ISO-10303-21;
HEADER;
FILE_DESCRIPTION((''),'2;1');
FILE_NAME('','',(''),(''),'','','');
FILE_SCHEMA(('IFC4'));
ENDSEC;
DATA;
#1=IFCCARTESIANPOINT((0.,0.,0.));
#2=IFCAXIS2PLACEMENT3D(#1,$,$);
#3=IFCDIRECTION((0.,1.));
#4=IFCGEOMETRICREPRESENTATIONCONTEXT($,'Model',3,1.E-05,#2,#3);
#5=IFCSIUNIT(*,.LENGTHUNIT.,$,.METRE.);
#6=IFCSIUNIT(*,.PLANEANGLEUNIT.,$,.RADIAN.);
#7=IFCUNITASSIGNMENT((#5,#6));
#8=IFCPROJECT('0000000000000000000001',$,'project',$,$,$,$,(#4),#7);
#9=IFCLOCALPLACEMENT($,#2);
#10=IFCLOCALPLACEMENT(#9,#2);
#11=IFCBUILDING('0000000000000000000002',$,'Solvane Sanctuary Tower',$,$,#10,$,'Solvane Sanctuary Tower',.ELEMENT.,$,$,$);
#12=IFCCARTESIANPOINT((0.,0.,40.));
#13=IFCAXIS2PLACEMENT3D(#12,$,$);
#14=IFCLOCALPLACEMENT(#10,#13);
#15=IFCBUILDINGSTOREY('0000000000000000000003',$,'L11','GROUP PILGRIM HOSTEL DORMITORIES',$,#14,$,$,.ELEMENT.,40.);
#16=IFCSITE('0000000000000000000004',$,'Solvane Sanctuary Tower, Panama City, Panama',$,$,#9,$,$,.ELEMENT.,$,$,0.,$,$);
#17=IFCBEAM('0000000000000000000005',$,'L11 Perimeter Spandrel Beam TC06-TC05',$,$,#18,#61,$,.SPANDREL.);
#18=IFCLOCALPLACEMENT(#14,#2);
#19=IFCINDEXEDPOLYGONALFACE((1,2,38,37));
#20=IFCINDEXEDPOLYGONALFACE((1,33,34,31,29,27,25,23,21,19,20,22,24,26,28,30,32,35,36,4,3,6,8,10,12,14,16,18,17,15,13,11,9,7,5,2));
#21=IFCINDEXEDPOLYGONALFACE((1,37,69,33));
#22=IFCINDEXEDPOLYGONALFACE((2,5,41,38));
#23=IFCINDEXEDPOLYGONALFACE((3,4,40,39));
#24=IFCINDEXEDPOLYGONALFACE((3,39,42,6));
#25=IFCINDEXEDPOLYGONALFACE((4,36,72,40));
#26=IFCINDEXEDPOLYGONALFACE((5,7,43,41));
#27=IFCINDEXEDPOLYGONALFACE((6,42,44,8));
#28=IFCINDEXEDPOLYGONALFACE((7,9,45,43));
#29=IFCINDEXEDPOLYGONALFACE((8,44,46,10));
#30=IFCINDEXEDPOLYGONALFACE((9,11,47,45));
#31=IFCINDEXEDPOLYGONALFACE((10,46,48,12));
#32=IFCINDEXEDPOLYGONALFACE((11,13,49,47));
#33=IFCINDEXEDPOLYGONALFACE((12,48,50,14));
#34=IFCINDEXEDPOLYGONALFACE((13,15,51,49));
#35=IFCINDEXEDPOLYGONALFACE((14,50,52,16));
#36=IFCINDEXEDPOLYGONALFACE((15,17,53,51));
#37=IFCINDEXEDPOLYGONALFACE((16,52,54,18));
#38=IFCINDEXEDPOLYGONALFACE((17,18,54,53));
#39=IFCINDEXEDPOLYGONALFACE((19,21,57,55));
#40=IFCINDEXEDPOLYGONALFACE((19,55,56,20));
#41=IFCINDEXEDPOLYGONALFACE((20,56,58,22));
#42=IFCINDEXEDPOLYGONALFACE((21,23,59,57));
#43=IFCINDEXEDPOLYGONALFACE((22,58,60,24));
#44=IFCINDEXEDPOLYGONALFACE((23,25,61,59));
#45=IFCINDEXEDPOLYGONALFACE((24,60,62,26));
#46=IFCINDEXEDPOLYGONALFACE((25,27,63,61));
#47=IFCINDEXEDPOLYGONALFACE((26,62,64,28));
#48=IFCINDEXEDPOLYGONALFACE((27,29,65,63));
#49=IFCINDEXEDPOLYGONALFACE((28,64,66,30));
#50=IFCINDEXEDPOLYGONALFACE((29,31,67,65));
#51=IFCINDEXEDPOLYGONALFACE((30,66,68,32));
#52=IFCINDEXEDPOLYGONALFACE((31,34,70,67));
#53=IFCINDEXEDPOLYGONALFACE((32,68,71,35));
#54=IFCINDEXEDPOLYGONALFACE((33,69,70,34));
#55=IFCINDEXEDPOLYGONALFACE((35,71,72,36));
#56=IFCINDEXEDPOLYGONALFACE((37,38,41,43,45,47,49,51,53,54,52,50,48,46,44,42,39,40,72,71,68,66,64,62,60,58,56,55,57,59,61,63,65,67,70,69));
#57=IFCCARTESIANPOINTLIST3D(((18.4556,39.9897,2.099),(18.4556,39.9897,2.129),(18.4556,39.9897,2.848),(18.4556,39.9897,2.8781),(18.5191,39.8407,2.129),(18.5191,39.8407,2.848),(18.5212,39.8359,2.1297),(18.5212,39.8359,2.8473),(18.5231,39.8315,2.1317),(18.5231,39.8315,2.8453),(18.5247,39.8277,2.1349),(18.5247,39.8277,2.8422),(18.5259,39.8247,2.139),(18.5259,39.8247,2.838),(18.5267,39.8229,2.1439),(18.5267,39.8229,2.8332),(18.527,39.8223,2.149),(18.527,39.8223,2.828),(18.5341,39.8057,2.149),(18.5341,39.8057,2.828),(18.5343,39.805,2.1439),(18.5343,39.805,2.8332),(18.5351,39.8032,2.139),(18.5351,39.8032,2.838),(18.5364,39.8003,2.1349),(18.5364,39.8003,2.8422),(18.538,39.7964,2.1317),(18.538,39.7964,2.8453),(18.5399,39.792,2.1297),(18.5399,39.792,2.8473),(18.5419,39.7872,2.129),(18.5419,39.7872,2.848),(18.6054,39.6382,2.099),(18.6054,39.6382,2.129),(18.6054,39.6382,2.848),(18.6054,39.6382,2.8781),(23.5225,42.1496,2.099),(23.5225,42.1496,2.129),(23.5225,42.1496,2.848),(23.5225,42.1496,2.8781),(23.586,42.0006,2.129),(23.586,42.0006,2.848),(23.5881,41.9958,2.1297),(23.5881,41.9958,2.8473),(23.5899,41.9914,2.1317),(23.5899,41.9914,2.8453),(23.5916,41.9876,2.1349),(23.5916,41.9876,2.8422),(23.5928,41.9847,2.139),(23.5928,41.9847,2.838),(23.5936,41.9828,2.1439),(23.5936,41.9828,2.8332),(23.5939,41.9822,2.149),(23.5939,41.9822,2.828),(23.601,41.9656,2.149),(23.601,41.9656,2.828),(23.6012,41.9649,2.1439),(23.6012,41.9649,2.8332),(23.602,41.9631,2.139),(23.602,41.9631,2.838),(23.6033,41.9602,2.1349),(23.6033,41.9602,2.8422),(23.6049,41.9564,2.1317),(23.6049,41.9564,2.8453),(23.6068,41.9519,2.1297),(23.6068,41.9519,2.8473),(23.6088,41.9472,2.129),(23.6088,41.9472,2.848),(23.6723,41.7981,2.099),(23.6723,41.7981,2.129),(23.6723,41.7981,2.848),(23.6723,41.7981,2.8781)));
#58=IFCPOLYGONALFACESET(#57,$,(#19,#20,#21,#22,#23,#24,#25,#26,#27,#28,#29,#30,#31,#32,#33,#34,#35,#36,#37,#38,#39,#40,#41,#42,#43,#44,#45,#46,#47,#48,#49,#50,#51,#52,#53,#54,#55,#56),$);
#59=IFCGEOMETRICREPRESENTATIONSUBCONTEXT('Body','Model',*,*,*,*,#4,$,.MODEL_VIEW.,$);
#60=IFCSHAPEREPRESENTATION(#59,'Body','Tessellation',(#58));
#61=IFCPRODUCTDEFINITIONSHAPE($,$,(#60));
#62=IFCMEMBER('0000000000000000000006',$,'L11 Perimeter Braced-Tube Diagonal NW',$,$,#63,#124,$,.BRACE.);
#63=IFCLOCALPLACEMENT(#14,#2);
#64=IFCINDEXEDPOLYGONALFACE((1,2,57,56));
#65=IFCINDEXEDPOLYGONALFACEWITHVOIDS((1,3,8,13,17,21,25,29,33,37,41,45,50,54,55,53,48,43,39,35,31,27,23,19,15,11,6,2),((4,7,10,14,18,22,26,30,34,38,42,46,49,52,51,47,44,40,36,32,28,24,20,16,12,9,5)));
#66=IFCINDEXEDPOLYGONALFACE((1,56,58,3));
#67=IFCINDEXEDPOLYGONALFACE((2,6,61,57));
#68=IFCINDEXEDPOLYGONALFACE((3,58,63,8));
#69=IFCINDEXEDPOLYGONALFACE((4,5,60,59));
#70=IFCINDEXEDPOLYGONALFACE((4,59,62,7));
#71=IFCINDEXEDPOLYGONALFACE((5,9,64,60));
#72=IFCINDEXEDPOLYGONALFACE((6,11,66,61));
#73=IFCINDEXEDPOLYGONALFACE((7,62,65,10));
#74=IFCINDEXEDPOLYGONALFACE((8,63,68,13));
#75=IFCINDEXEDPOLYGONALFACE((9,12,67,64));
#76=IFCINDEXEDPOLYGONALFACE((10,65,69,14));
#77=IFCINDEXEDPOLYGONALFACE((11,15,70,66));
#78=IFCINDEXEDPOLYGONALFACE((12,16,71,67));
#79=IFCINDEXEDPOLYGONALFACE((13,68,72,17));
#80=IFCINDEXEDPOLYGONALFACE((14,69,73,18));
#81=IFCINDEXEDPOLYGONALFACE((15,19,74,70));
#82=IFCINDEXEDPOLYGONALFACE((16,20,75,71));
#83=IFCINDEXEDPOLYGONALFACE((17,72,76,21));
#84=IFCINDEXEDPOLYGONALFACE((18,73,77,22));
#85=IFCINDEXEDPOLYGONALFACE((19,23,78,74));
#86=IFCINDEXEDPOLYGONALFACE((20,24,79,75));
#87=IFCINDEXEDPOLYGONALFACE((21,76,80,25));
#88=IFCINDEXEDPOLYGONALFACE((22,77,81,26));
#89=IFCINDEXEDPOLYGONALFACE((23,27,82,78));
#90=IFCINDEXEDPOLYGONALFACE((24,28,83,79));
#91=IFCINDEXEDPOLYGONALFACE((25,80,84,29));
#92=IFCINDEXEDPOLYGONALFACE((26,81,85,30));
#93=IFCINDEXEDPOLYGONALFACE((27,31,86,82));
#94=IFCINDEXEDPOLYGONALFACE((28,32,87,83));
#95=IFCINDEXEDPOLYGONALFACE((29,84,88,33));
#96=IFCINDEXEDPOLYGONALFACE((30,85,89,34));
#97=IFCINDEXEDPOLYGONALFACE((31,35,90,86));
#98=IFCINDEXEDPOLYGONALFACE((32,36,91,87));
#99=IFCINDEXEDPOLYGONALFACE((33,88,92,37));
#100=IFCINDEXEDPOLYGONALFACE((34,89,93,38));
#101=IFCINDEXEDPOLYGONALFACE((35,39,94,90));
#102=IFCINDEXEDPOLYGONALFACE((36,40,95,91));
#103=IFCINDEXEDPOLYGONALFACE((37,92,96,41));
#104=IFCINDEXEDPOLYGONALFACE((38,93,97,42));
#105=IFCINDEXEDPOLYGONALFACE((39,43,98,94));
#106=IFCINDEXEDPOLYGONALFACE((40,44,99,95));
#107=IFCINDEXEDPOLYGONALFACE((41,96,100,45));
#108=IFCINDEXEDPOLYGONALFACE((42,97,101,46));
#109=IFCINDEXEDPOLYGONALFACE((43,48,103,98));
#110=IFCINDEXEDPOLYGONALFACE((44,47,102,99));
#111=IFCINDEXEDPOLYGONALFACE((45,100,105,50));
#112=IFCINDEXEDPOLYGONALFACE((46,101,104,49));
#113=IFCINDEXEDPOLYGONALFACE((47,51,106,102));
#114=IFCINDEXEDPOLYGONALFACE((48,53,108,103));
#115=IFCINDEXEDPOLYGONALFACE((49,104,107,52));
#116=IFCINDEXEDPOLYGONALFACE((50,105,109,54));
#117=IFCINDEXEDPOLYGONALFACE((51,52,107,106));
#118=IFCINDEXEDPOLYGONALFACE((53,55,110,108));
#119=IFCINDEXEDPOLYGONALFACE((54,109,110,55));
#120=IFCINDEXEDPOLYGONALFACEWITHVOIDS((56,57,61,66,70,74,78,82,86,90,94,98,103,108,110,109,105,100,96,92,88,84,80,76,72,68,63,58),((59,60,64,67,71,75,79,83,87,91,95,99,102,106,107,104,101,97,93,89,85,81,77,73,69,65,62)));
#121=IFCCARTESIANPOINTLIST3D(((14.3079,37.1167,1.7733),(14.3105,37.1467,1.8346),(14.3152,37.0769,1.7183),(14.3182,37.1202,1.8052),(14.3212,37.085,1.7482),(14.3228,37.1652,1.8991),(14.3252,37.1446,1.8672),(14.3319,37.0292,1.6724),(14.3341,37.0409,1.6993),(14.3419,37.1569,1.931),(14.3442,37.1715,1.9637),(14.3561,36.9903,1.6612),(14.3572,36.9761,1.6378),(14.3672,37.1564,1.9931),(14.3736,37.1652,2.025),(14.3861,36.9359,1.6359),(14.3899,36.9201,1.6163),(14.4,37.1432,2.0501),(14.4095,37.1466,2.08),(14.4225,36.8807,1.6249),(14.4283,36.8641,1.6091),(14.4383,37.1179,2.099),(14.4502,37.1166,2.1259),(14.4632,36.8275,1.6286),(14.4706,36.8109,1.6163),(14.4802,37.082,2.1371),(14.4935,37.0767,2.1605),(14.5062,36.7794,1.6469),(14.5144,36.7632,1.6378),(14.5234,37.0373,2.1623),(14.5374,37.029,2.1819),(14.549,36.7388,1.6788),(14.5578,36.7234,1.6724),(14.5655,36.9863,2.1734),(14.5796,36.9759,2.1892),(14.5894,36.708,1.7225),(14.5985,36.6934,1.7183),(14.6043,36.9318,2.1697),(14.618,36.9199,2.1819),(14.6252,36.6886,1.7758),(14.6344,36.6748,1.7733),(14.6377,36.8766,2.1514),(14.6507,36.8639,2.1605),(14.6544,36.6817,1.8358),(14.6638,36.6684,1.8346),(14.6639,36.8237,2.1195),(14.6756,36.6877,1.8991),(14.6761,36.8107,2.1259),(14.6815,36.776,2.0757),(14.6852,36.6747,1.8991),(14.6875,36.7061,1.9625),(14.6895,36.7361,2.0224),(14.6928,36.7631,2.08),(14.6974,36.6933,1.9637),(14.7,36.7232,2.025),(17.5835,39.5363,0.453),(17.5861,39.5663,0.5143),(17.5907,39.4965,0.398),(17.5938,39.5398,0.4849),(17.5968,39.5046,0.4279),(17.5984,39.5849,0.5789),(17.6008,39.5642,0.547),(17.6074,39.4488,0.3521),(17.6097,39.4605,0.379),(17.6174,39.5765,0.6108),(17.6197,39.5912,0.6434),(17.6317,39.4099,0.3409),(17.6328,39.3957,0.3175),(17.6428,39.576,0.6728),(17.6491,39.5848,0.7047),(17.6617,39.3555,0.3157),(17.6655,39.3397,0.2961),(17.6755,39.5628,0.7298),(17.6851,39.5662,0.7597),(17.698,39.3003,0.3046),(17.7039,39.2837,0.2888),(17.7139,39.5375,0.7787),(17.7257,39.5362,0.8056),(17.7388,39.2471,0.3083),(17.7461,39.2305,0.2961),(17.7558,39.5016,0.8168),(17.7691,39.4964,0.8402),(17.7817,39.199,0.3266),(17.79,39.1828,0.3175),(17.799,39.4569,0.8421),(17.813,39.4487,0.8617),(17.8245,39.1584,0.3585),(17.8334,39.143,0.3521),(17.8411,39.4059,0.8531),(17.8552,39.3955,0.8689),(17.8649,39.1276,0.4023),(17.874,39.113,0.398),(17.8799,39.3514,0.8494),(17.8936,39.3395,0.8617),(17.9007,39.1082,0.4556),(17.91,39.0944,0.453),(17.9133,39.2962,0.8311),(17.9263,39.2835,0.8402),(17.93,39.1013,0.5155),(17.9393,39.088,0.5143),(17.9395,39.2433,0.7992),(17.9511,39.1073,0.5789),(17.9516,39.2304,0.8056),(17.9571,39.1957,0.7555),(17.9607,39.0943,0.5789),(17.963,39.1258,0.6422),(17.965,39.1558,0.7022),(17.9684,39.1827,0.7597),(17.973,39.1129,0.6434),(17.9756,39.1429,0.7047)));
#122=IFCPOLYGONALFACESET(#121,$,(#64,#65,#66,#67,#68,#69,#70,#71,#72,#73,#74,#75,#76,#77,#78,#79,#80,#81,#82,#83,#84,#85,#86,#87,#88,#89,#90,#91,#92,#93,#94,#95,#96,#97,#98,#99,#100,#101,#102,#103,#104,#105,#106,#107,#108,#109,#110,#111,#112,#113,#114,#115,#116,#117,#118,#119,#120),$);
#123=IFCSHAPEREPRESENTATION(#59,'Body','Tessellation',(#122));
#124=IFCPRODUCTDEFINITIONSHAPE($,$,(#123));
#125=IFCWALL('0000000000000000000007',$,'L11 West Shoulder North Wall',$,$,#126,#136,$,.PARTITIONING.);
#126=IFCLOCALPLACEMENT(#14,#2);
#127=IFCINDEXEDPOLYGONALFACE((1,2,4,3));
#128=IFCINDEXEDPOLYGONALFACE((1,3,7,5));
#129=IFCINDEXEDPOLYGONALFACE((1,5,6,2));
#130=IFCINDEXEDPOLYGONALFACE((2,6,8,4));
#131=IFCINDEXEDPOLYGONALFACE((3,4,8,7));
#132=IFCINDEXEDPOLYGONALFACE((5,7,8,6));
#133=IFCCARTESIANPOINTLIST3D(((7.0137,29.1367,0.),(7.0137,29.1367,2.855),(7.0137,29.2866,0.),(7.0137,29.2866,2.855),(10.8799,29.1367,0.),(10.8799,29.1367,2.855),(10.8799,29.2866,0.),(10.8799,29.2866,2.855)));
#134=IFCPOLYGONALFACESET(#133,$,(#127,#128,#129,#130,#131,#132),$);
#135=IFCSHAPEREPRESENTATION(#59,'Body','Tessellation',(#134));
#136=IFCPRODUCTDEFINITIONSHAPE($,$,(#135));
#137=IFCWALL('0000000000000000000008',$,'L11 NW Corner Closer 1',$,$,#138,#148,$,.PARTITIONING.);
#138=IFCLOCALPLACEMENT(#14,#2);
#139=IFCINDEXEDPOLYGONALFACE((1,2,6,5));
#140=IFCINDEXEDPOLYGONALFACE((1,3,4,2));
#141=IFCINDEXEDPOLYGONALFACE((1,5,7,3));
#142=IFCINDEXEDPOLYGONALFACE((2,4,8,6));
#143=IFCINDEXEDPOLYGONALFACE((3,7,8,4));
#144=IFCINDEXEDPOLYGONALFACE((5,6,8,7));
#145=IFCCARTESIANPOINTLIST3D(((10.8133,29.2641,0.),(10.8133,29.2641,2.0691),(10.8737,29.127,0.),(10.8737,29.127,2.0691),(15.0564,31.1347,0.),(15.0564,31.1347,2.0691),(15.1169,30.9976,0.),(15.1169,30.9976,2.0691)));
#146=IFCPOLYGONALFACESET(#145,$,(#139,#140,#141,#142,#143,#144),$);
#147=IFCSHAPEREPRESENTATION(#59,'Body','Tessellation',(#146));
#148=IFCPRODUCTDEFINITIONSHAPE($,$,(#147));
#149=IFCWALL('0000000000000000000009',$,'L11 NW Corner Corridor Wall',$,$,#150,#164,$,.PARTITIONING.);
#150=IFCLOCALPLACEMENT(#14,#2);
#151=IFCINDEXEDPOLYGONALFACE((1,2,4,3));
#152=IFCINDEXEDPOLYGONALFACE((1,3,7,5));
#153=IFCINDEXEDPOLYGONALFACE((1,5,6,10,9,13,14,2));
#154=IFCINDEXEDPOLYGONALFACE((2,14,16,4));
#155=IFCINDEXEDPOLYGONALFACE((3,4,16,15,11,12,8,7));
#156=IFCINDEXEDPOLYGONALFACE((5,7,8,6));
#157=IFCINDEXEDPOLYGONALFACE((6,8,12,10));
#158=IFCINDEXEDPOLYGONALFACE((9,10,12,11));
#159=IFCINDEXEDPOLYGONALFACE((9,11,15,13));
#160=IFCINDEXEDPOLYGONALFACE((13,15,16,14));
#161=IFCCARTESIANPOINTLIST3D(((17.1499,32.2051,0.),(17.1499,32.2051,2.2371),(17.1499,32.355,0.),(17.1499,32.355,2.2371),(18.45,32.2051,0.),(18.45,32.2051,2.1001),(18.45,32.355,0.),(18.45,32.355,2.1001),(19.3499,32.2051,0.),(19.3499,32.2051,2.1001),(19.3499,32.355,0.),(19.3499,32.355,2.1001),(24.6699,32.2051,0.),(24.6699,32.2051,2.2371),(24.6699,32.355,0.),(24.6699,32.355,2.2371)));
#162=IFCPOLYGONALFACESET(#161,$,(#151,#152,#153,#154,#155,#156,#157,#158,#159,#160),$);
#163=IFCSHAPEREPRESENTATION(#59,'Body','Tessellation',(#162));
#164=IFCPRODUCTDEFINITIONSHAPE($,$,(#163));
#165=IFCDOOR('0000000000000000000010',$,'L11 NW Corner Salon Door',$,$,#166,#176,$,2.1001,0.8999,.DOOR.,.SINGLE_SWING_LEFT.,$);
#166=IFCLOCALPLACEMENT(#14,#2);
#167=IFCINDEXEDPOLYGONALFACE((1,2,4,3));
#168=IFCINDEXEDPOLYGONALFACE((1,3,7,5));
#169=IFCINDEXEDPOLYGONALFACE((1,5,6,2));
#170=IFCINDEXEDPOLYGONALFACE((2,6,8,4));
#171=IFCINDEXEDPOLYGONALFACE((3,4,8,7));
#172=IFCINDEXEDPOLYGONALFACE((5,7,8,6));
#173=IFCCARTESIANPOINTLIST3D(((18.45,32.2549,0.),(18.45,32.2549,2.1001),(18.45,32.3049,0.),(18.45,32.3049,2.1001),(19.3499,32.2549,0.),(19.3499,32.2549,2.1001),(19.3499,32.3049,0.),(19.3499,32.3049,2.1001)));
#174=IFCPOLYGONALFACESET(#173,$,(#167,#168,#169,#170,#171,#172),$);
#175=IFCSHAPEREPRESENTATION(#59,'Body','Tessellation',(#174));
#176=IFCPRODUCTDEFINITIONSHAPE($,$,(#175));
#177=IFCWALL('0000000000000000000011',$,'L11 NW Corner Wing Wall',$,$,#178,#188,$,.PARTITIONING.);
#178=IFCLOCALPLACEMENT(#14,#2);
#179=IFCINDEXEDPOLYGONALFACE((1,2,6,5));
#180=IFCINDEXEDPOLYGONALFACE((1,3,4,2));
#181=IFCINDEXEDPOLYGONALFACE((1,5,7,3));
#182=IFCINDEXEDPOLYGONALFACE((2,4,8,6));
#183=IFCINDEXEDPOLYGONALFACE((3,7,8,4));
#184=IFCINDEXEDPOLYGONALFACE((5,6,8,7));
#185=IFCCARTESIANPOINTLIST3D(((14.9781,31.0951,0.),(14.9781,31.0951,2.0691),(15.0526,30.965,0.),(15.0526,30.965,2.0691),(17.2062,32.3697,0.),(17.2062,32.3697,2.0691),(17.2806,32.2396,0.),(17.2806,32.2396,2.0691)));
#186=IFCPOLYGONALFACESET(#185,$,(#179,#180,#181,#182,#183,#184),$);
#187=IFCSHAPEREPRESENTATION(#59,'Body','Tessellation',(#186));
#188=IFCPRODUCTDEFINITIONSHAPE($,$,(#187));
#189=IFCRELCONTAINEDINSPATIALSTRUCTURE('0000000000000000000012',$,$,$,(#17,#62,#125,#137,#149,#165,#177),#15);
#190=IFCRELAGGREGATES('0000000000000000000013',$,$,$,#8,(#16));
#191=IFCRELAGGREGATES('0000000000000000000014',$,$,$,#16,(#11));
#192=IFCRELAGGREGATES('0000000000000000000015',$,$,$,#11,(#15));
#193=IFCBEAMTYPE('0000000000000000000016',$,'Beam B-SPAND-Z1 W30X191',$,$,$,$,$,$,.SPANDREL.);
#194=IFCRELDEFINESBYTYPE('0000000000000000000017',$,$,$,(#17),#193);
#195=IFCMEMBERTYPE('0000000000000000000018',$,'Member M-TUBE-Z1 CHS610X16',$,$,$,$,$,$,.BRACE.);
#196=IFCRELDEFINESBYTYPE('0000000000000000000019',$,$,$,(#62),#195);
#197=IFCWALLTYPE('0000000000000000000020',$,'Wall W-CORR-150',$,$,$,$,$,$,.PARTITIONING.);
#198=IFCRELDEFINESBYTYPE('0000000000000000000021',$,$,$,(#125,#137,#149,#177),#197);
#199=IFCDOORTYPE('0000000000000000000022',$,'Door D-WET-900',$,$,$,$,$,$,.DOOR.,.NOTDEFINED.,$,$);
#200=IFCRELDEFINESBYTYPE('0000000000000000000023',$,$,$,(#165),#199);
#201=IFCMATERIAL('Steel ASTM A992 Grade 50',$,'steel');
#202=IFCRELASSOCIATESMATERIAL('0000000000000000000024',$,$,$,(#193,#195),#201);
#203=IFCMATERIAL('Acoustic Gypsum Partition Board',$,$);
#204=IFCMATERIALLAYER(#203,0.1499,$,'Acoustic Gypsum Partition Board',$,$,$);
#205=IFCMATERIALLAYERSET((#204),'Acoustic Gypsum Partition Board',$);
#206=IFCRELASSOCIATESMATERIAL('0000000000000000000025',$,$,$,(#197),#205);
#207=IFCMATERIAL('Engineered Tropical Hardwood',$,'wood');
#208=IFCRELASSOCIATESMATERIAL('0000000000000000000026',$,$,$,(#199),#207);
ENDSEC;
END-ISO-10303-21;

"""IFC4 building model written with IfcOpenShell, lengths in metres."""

from ifc_helpers import new_model, si_unit, direction, frame, frame_2d, origin, origin_2d, place, context, subcontext, project, spatial, rectangle, hollow_circle, i_section, extrude, material, layer, layer_set, material_profile, profile_set, type_object, element, fill, save


model = new_model("IFC4")

# Units and contexts
model_context = context("Model", 3, precision=1e-05, world=origin(), true_north=direction((0.0, 1.0)))
body_context = subcontext(model_context, "Body", "Model", "MODEL_VIEW")
ifc_project = project(units=[si_unit("LENGTHUNIT", "METRE"), si_unit("PLANEANGLEUNIT", "RADIAN")], contexts=[model_context])

# Site, building, storey
site_placement = place(None, origin())
site = spatial("IfcSite", under=ifc_project, at=site_placement, Name="Solvane Sanctuary Tower, Panama City, Panama", CompositionType="ELEMENT", RefElevation=0.0)
building_placement = place(site_placement, origin())
building = spatial("IfcBuilding", under=site, at=building_placement, Name="Solvane Sanctuary Tower", LongName="Solvane Sanctuary Tower", CompositionType="ELEMENT")
storey_placement = place(building_placement, frame((0.0, 0.0, 40.0)))
storey = spatial("IfcBuildingStorey", under=building, at=storey_placement, Name="L11", Description="GROUP PILGRIM HOSTEL DORMITORIES", CompositionType="ELEMENT", Elevation=40.0)

# Beam
ifc_material_1 = material(Name="Steel ASTM A992 Grade 50", Category="steel")
ifc_material_profile_1 = material_profile(ifc_material_1, i_section(OverallWidth=0.3821, OverallDepth=0.7791, WebThickness=0.0181, FlangeThickness=0.03, FilletRadius=0.02, at=origin_2d()), Name="W30X191")
ifc_profile_set_1 = profile_set([ifc_material_profile_1], Name="Steel ASTM A992 Grade 50")
beam_type_1 = type_object("IfcBeamType", Name="Beam B-SPAND-Z1 W30X191", PredefinedType="SPANDREL", material=ifc_profile_set_1)
beam_1_placement = place(storey_placement, frame((18.5305, 39.814, 2.4885), z_axis=(0.919907, 0.392137, 0.0), x_axis=(-0.392137, 0.919907, 0.0)))
element("IfcBeam", 1, at=beam_1_placement, inside=storey, type_object=beam_type_1, Name="L11 Perimeter Spandrel Beam TC06-TC05", PredefinedType="SPANDREL", context=body_context, shape_type="SweptSolid", body=[
    extrude(i_section(OverallWidth=0.3821, OverallDepth=0.7791, WebThickness=0.0181, FlangeThickness=0.03, FilletRadius=0.02, at=origin_2d()), origin(), (0.0, 0.0, 1.0), 5.5081),
])

# Member
ifc_material_profile_2 = material_profile(ifc_material_1, hollow_circle(Radius=0.3049, WallThickness=0.0161, at=origin_2d()), Name="CHS610X16")
ifc_profile_set_2 = profile_set([ifc_material_profile_2], Name="Steel ASTM A992 Grade 50")
member_type = type_object("IfcMemberType", Name="Member M-TUBE-Z1 CHS610X16", PredefinedType="BRACE", material=ifc_profile_set_2)
member_placement = place(storey_placement, frame((17.7795, 39.3396, 0.5789), z_axis=(-0.765138, -0.5652, 0.308405), x_axis=(0.594162, -0.804346, 0.0)))
element("IfcMember", 2, at=member_placement, inside=storey, type_object=member_type, Name="L11 Perimeter Braced-Tube Diagonal NW", PredefinedType="BRACE", context=body_context, shape_type="SweptSolid", body=[
    extrude(hollow_circle(Radius=0.3049, WallThickness=0.0161, at=origin_2d()), origin(), (0.0, 0.0, 1.0), 4.281),
])

# Walls
ifc_material_2 = material(Name="Acoustic Gypsum Partition Board")
ifc_layer_1 = layer(ifc_material_2, 0.1499, Name="Acoustic Gypsum Partition Board")
ifc_layer_set_1 = layer_set([ifc_layer_1], Name="Acoustic Gypsum Partition Board")
wall_type_1 = type_object("IfcWallType", Name="Wall W-CORR-150", PredefinedType="PARTITIONING", material=ifc_layer_set_1)
wall_1_placement = place(storey_placement, frame((7.0137, 29.2117, 0.0), z_axis=(0.0, 0.0, 1.0), x_axis=(1.0, 0.0, 0.0)))
element("IfcWall", 3, at=wall_1_placement, inside=storey, type_object=wall_type_1, Name="L11 West Shoulder North Wall", PredefinedType="PARTITIONING", context=body_context, shape_type="SweptSolid", body=[
    extrude(rectangle(XDim=3.8662, YDim=0.1499, at=frame_2d((1.9331, 0.0))), origin(), (0.0, 0.0, 1.0), 2.855),
])
wall_2_placement = place(storey_placement, frame((10.8435, 29.1956, 0.0), z_axis=(0.0, 0.0, 1.0), x_axis=(0.915028, 0.403391, 0.0)))
element("IfcWall", 4, at=wall_2_placement, inside=storey, type_object=wall_type_1, Name="L11 NW Corner Closer 1", PredefinedType="PARTITIONING", context=body_context, shape_type="SweptSolid", body=[
    extrude(rectangle(XDim=4.6372, YDim=0.1499, at=frame_2d((2.3186, 0.0))), origin(), (0.0, 0.0, 1.0), 2.0691),
])

# Wall, opening, door
wall_3_placement = place(storey_placement, frame((17.1499, 32.28, 0.0), z_axis=(0.0, 0.0, 1.0), x_axis=(1.0, 0.0, 0.0)))
wall_3 = element("IfcWall", 5, at=wall_3_placement, inside=storey, type_object=wall_type_1, Name="L11 NW Corner Corridor Wall", PredefinedType="PARTITIONING", context=body_context, shape_type="SweptSolid", body=[
    extrude(rectangle(XDim=7.52, YDim=0.1499, at=frame_2d((3.76, 0.0))), origin(), (0.0, 0.0, 1.0), 2.2371),
])
opening_1_placement = place(wall_3_placement, frame((1.3, 0.0, 0.0)))
opening_1 = element("IfcOpeningElement", 6, at=opening_1_placement, cuts=wall_3, PredefinedType="OPENING", context=body_context, shape_type="SweptSolid", body=[
    extrude(rectangle(XDim=0.8999, YDim=2.1001, at=frame_2d((0.45, 1.05))), frame((0.0, 0.085, 0.0), z_axis=(0.0, -1.0, 0.0), x_axis=(1.0, 0.0, 0.0)), (0.0, 0.0, 1.0), 0.1699),
])
ifc_material_3 = material(Name="Engineered Tropical Hardwood", Category="wood")
door_type_1 = type_object("IfcDoorType", Name="Door D-WET-900", OperationType="NOTDEFINED", PredefinedType="DOOR", material=ifc_material_3)
door_1_placement = place(opening_1_placement, origin())
door_1 = element("IfcDoor", 7, at=door_1_placement, inside=storey, type_object=door_type_1, Name="L11 NW Corner Salon Door", OperationType="SINGLE_SWING_LEFT", OverallHeight=2.1001, OverallWidth=0.8999, PredefinedType="DOOR", context=body_context, shape_type="SweptSolid", body=[
    extrude(rectangle(XDim=0.8999, YDim=2.1001, at=frame_2d((0.45, 1.05))), frame((0.0, 0.0249, 0.0), z_axis=(0.0, -1.0, 0.0), x_axis=(1.0, 0.0, 0.0)), (0.0, 0.0, 1.0), 0.05),
])
fill(opening_1, door_1)

# Wall
wall_4_placement = place(storey_placement, frame((17.2434, 32.3047, 0.0), z_axis=(0.0, 0.0, 1.0), x_axis=(-0.867991, -0.496579, 0.0)))
element("IfcWall", 8, at=wall_4_placement, inside=storey, type_object=wall_type_1, Name="L11 NW Corner Wing Wall", PredefinedType="PARTITIONING", context=body_context, shape_type="SweptSolid", body=[
    extrude(rectangle(XDim=2.5669, YDim=0.1499, at=frame_2d((1.2834, 0.0))), origin(), (0.0, 0.0, 1.0), 2.0691),
])

save(model, "model.ifc")
